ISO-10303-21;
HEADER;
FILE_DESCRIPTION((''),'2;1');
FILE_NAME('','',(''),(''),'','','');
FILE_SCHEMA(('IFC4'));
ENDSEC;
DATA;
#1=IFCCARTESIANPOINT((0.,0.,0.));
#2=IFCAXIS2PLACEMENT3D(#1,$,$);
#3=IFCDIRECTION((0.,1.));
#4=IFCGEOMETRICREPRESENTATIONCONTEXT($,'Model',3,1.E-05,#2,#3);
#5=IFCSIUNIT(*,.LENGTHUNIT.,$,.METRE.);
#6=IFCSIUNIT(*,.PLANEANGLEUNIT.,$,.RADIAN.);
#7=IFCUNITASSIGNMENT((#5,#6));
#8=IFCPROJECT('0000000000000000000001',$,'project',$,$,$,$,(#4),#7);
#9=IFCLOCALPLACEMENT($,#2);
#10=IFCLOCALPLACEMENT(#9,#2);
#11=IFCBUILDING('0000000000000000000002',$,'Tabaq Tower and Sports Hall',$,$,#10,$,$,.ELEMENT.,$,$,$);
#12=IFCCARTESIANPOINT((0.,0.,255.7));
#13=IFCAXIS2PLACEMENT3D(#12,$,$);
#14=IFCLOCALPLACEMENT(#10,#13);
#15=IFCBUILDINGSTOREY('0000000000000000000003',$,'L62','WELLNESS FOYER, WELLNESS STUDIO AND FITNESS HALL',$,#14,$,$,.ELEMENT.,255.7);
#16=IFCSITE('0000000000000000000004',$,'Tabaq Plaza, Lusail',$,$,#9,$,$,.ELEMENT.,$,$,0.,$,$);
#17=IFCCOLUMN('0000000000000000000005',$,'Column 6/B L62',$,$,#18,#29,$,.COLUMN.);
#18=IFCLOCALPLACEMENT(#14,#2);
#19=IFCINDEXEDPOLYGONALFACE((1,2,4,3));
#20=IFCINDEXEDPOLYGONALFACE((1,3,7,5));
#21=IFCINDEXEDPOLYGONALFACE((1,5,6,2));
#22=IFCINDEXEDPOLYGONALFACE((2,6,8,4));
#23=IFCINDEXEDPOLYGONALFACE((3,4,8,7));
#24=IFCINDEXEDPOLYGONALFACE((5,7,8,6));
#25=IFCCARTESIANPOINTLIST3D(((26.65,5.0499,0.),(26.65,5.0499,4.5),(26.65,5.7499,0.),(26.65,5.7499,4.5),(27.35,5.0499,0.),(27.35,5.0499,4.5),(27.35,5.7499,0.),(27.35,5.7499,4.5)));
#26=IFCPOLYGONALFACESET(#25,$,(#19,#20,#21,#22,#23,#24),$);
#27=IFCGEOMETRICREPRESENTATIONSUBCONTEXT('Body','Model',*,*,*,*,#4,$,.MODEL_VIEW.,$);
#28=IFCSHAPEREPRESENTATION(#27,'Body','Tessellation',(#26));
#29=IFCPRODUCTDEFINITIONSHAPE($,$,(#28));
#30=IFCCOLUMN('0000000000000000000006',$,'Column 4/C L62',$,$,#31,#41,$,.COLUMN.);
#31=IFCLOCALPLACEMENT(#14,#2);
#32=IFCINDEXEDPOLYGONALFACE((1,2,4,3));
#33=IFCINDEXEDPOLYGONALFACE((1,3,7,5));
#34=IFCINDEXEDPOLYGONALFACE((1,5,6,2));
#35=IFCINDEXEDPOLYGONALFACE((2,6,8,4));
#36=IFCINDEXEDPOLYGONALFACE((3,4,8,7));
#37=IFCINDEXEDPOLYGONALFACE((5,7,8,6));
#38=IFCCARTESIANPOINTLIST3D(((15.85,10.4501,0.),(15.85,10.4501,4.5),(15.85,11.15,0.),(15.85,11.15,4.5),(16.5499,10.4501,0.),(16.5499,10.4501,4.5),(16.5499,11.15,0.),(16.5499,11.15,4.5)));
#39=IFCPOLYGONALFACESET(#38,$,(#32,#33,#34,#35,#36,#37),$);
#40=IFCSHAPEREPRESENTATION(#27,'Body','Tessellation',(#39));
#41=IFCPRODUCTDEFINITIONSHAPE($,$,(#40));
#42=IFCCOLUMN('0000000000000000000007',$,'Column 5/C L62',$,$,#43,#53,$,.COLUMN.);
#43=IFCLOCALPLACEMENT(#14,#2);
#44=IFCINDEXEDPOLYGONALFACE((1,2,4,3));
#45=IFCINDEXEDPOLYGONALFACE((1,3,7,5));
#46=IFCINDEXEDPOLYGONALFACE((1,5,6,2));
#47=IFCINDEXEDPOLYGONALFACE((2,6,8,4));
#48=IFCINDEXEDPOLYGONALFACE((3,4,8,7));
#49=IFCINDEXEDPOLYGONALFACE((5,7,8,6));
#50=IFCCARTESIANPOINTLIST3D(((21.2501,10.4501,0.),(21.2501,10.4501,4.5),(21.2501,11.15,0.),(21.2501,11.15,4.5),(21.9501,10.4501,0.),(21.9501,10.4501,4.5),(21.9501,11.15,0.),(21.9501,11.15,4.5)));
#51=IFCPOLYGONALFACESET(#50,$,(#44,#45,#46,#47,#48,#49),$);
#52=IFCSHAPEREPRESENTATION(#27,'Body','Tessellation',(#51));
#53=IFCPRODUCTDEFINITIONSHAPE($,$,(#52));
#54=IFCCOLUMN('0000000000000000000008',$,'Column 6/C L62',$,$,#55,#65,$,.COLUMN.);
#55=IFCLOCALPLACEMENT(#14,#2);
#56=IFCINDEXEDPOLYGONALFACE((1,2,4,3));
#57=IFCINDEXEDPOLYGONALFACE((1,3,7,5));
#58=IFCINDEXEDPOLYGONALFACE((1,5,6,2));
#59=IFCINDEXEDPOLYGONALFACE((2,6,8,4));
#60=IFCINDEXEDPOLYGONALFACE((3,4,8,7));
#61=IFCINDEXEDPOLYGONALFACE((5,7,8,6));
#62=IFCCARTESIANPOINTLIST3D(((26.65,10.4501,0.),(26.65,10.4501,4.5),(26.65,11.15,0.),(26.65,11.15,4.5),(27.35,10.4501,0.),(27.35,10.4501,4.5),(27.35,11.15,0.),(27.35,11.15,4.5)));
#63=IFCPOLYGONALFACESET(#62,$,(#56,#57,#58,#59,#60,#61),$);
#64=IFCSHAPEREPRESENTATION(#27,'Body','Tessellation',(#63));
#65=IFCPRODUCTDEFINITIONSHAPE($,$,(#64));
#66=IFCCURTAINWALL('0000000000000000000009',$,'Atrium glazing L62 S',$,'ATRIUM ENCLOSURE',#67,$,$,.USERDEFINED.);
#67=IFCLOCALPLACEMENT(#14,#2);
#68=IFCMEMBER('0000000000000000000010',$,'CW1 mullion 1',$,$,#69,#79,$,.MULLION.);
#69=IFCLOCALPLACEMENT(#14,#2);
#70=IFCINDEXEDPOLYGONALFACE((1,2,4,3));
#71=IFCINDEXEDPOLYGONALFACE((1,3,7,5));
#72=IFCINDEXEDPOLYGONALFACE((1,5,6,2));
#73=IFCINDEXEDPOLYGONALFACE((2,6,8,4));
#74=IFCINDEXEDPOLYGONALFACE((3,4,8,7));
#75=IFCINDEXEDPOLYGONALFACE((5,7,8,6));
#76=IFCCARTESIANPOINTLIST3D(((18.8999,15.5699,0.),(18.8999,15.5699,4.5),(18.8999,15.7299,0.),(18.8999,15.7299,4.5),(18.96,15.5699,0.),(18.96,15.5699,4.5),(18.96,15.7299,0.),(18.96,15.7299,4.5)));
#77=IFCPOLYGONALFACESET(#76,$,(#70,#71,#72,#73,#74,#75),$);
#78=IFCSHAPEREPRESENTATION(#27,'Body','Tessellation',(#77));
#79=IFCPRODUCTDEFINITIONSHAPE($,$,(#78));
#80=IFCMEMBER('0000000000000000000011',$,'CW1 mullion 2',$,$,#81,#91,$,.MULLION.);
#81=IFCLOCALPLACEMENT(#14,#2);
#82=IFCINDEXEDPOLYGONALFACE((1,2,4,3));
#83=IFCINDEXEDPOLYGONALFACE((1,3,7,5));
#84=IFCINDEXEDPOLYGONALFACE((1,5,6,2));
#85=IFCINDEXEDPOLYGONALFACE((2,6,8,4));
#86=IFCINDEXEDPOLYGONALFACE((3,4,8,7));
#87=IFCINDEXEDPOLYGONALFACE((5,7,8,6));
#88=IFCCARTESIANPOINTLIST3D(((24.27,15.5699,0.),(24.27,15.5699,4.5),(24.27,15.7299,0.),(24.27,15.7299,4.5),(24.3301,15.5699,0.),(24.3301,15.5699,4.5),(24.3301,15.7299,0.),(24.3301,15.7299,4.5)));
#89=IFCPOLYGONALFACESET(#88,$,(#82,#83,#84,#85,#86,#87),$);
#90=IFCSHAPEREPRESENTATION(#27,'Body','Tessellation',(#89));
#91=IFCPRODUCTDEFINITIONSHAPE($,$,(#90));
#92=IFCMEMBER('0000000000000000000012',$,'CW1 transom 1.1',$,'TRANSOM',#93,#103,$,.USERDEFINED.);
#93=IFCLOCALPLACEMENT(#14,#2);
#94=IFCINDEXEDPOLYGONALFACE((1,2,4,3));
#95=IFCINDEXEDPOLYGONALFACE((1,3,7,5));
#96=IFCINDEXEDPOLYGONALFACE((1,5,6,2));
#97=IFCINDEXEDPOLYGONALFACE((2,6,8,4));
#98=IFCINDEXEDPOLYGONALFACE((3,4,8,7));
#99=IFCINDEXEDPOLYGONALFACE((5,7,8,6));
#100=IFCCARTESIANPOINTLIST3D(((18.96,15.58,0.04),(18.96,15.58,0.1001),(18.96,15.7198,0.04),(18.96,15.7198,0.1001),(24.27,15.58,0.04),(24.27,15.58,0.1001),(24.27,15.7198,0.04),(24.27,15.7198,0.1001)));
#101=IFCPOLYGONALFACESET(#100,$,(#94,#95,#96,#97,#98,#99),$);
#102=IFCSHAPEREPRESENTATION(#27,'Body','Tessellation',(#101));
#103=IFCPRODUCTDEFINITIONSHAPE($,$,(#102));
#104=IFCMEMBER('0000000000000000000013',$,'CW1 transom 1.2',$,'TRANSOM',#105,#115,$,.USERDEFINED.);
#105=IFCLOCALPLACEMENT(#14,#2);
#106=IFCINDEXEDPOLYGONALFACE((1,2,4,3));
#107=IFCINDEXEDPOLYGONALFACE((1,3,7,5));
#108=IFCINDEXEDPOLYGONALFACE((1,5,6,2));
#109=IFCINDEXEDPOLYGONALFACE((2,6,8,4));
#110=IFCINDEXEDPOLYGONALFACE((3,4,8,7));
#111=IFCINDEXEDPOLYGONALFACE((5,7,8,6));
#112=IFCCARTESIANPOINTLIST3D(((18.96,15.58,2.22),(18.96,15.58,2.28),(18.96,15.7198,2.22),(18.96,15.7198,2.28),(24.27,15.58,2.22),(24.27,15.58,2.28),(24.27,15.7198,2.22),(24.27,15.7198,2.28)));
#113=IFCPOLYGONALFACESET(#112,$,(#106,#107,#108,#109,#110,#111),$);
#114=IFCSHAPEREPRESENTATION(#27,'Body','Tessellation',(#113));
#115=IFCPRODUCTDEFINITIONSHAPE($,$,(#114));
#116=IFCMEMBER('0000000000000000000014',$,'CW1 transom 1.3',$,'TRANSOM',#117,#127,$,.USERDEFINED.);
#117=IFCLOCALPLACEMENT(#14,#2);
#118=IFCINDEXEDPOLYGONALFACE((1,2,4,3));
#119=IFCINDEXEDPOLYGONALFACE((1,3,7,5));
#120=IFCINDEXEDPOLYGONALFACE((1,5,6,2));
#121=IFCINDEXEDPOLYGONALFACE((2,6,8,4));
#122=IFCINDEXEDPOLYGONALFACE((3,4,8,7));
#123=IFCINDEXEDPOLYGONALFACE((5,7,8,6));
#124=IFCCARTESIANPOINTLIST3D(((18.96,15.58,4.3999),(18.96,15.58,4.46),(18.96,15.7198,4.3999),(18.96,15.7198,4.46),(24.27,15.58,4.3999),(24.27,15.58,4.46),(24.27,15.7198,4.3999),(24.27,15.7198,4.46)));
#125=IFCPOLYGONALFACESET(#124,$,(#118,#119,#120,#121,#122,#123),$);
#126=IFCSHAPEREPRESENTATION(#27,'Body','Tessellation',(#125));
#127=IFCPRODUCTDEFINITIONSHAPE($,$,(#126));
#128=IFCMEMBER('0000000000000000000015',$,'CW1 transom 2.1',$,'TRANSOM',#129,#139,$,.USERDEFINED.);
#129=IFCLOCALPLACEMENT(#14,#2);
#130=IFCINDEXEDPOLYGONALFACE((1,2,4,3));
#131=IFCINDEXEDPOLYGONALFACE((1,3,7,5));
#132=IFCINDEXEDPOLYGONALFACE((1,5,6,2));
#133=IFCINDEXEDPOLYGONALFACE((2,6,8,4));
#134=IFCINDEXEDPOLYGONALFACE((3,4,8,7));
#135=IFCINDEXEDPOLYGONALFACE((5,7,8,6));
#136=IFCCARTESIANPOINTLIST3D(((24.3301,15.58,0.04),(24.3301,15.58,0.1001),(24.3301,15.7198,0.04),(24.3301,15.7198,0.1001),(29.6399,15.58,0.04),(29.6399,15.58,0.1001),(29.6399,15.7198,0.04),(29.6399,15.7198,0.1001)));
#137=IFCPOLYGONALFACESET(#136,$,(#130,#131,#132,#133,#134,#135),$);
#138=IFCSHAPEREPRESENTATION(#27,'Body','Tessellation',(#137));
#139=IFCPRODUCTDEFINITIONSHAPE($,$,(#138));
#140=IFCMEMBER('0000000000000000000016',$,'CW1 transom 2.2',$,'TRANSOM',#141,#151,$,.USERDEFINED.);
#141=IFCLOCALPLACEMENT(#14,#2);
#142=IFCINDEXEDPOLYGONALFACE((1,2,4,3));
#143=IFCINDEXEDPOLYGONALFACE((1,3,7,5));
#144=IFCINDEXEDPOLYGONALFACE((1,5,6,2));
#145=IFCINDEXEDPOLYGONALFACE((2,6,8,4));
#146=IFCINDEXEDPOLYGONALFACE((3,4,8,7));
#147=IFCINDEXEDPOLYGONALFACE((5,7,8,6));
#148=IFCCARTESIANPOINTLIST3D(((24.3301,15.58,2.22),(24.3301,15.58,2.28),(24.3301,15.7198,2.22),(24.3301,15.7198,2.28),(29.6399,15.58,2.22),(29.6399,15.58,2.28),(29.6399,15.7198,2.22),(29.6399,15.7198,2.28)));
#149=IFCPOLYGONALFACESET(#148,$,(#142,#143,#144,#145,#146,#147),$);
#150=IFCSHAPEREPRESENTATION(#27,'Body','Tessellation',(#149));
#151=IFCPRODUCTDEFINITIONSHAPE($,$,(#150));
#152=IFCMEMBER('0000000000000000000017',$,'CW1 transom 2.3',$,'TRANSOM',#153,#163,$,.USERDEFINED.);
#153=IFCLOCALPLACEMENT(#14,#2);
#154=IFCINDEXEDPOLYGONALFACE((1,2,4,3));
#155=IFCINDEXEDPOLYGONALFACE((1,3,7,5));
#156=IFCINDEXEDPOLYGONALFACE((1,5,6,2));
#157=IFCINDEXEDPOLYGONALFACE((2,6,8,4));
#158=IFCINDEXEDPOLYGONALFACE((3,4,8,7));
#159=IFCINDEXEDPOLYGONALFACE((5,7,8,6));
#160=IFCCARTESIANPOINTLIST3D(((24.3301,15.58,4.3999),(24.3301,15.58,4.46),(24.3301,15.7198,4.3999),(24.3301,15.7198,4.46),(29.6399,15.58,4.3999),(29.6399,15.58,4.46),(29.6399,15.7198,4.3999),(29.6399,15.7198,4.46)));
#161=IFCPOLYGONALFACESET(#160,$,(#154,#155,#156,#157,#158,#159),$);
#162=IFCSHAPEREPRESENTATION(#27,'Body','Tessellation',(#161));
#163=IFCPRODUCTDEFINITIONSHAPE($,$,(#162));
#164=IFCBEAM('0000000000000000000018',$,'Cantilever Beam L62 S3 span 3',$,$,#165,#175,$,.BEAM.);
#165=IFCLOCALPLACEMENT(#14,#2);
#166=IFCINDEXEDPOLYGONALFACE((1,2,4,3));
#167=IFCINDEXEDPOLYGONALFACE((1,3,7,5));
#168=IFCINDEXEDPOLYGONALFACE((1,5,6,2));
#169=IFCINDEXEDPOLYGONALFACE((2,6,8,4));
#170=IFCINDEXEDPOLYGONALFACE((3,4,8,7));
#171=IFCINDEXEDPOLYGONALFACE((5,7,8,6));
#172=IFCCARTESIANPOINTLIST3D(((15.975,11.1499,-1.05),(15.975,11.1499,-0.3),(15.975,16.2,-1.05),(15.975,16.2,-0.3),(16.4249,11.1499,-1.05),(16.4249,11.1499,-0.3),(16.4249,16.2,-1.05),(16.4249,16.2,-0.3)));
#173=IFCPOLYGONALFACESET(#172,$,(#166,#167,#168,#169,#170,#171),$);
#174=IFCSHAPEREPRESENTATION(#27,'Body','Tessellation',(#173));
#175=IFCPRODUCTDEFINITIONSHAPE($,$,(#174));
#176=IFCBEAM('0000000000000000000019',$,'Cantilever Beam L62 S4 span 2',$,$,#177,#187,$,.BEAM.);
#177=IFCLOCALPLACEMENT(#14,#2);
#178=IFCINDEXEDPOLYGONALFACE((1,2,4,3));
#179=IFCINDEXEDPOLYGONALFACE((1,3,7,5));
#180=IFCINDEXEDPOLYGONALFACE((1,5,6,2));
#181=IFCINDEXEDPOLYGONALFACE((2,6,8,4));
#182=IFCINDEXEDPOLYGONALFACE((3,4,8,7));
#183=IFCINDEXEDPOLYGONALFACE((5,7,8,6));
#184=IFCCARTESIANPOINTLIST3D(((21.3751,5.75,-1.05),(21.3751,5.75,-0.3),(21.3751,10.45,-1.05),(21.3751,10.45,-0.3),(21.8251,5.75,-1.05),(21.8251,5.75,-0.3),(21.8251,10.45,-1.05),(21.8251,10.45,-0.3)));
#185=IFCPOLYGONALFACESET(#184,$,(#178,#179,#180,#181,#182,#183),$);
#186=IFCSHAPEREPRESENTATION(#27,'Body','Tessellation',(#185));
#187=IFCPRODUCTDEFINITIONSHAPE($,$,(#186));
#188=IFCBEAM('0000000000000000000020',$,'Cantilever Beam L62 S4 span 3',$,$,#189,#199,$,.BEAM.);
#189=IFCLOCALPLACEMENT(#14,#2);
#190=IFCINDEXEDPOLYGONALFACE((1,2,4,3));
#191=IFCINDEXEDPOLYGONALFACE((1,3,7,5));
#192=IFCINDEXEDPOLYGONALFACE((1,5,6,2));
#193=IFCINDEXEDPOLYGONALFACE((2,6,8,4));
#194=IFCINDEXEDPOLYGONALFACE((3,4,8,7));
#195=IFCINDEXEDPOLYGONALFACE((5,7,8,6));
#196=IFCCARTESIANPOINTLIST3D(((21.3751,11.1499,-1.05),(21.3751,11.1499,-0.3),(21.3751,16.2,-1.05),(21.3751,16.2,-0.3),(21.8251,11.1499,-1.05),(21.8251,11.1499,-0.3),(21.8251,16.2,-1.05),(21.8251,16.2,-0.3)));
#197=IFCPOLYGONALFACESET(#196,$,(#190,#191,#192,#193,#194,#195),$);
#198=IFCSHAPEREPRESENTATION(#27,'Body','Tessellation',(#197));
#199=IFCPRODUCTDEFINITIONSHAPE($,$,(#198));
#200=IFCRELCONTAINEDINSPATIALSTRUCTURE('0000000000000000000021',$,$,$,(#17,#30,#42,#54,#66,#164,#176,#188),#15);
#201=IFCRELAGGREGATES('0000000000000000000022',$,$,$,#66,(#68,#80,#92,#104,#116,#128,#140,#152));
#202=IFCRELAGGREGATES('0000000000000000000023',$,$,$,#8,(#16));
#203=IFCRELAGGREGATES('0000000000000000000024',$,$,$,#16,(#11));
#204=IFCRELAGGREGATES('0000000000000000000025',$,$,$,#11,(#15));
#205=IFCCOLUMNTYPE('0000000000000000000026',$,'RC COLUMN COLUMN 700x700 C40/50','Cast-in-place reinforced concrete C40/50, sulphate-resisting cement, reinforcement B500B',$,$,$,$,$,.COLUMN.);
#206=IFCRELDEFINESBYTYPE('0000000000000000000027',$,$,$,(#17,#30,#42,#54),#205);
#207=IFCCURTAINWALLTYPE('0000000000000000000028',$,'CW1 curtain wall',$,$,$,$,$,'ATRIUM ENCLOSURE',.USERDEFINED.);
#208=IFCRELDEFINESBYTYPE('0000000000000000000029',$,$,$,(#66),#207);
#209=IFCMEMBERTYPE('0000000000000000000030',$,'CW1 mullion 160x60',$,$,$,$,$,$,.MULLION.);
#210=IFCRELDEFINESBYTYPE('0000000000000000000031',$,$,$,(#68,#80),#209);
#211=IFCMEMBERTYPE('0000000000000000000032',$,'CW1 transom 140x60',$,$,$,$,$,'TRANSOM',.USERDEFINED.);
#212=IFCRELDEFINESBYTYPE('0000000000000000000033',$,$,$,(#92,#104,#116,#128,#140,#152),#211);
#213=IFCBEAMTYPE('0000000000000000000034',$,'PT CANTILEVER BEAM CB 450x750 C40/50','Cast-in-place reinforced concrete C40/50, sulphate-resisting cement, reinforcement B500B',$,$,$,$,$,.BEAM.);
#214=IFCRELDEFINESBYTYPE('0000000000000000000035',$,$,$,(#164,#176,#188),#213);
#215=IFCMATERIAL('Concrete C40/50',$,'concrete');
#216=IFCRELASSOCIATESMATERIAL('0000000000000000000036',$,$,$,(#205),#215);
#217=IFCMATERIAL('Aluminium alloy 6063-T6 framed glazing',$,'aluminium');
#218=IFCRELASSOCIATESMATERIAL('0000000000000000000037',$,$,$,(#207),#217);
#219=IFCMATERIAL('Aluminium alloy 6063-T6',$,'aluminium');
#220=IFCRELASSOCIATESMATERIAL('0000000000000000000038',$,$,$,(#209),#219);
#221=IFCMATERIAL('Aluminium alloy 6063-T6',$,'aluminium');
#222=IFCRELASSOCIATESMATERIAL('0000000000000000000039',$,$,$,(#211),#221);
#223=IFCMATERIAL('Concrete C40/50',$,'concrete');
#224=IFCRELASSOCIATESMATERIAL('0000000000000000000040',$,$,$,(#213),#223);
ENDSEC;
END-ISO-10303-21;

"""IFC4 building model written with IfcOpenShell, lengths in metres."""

from ifc_helpers import new_model, si_unit, direction, frame, origin, origin_2d, place, context, subcontext, project, spatial, rectangle, extrude, material, material_profile, profile_set, type_object, element, aggregate, save


model = new_model("IFC4")

# Units and contexts
model_context = context("Model", 3, precision=1e-05, world=origin(), true_north=direction((0.0, 1.0)))
body_context = subcontext(model_context, "Body", "Model", "MODEL_VIEW")
ifc_project = project(units=[si_unit("LENGTHUNIT", "METRE"), si_unit("PLANEANGLEUNIT", "RADIAN")], contexts=[model_context])

# Site, building, storey
site_placement = place(None, origin())
site = spatial("IfcSite", under=ifc_project, at=site_placement, Name="Tabaq Plaza, Lusail", CompositionType="ELEMENT", RefElevation=0.0)
building_placement = place(site_placement, origin())
building = spatial("IfcBuilding", under=site, at=building_placement, Name="Tabaq Tower and Sports Hall", CompositionType="ELEMENT")
storey_placement = place(building_placement, frame((0.0, 0.0, 255.7)))
storey = spatial("IfcBuildingStorey", under=building, at=storey_placement, Name="L62", Description="WELLNESS FOYER, WELLNESS STUDIO AND FITNESS HALL", CompositionType="ELEMENT", Elevation=255.7)

# Columns
ifc_material_1 = material(Name="Concrete C40/50", Category="concrete")
ifc_material_profile_1 = material_profile(ifc_material_1, rectangle(XDim=0.7, YDim=0.7, at=origin_2d()), Name="COLUMN 700x700")
ifc_profile_set_1 = profile_set([ifc_material_profile_1], Name="Concrete C40/50")
column_type = type_object("IfcColumnType", Name="RC COLUMN COLUMN 700x700 C40/50", Description="Cast-in-place reinforced concrete C40/50, sulphate-resisting cement, reinforcement B500B", PredefinedType="COLUMN", material=ifc_profile_set_1)
for number, where, z_axis, x_axis, name in (
    (1, (27.0, 5.3999, 0.0), (0.0, 0.0, 1.0), (1.0, 0.0, 0.0), "Column 6/B L62"),
    (2, (16.2, 10.8, 0.0), (0.0, 0.0, 1.0), (1.0, 0.0, 0.0), "Column 4/C L62"),
    (3, (21.6001, 10.8, 0.0), (0.0, 0.0, 1.0), (1.0, 0.0, 0.0), "Column 5/C L62"),
    (4, (27.0, 10.8, 0.0), (0.0, 0.0, 1.0), (1.0, 0.0, 0.0), "Column 6/C L62"),
):
    element("IfcColumn", number, at=place(storey_placement, frame(where, z_axis=z_axis, x_axis=x_axis)), inside=storey, type_object=column_type, Name=name, PredefinedType="COLUMN", context=body_context, shape_type="SweptSolid", body=[
        extrude(rectangle(XDim=0.7, YDim=0.7, at=origin_2d()), origin(), (0.0, 0.0, 1.0), 4.5),
    ])

# Curtain wall, members
ifc_material_2 = material(Name="Aluminium alloy 6063-T6 framed glazing", Category="aluminium")
curtain_wall_type = type_object("IfcCurtainWallType", Name="CW1 curtain wall", ElementType="ATRIUM ENCLOSURE", PredefinedType="USERDEFINED", material=ifc_material_2)
curtain_wall_placement = place(storey_placement, origin())
curtain_wall = element("IfcCurtainWall", 5, at=curtain_wall_placement, inside=storey, type_object=curtain_wall_type, Name="Atrium glazing L62 S", ObjectType="ATRIUM ENCLOSURE", PredefinedType="USERDEFINED")
ifc_material_3 = material(Name="Aluminium alloy 6063-T6", Category="aluminium")
ifc_material_profile_2 = material_profile(ifc_material_3, rectangle(XDim=0.1599, YDim=0.0601, at=origin_2d()), Name="MULLION 160x60")
ifc_profile_set_2 = profile_set([ifc_material_profile_2], Name="Aluminium alloy 6063-T6")
member_type_1 = type_object("IfcMemberType", Name="CW1 mullion 160x60", PredefinedType="MULLION", material=ifc_profile_set_2)
member_1_placement = place(storey_placement, frame((18.9299, 15.6499, 0.0), z_axis=(0.0, 0.0, 1.0), x_axis=(0.0, 1.0, 0.0)))
member_1 = element("IfcMember", 6, at=member_1_placement, type_object=member_type_1, Name="CW1 mullion 1", PredefinedType="MULLION", context=body_context, shape_type="SweptSolid", body=[
    extrude(rectangle(XDim=0.1599, YDim=0.0601, at=origin_2d()), origin(), (0.0, 0.0, 1.0), 4.5),
])
member_2_placement = place(storey_placement, frame((24.3, 15.6499, 0.0), z_axis=(0.0, 0.0, 1.0), x_axis=(0.0, 1.0, 0.0)))
member_2 = element("IfcMember", 7, at=member_2_placement, type_object=member_type_1, Name="CW1 mullion 2", PredefinedType="MULLION", context=body_context, shape_type="SweptSolid", body=[
    extrude(rectangle(XDim=0.1599, YDim=0.0601, at=origin_2d()), origin(), (0.0, 0.0, 1.0), 4.5),
])
ifc_material_4 = material(Name="Aluminium alloy 6063-T6", Category="aluminium")
ifc_material_profile_3 = material_profile(ifc_material_4, rectangle(XDim=0.1399, YDim=0.0601, at=origin_2d()), Name="TRANSOM 140x60")
ifc_profile_set_3 = profile_set([ifc_material_profile_3], Name="Aluminium alloy 6063-T6")
member_type_2 = type_object("IfcMemberType", Name="CW1 transom 140x60", ElementType="TRANSOM", PredefinedType="USERDEFINED", material=ifc_profile_set_3)
member_3_placement = place(storey_placement, frame((18.96, 15.6499, 0.0701), z_axis=(1.0, 0.0, 0.0), x_axis=(0.0, 1.0, 0.0)))
member_3 = element("IfcMember", 8, at=member_3_placement, type_object=member_type_2, Name="CW1 transom 1.1", ObjectType="TRANSOM", PredefinedType="USERDEFINED", context=body_context, shape_type="SweptSolid", body=[
    extrude(rectangle(XDim=0.1399, YDim=0.0601, at=origin_2d()), origin(), (0.0, 0.0, 1.0), 5.3101),
])
member_4_placement = place(storey_placement, frame((18.96, 15.6499, 2.25), z_axis=(1.0, 0.0, 0.0), x_axis=(0.0, 1.0, 0.0)))
member_4 = element("IfcMember", 9, at=member_4_placement, type_object=member_type_2, Name="CW1 transom 1.2", ObjectType="TRANSOM", PredefinedType="USERDEFINED", context=body_context, shape_type="SweptSolid", body=[
    extrude(rectangle(XDim=0.1399, YDim=0.0601, at=origin_2d()), origin(), (0.0, 0.0, 1.0), 5.3101),
])
member_5_placement = place(storey_placement, frame((18.96, 15.6499, 4.4299), z_axis=(1.0, 0.0, 0.0), x_axis=(0.0, 1.0, 0.0)))
member_5 = element("IfcMember", 10, at=member_5_placement, type_object=member_type_2, Name="CW1 transom 1.3", ObjectType="TRANSOM", PredefinedType="USERDEFINED", context=body_context, shape_type="SweptSolid", body=[
    extrude(rectangle(XDim=0.1399, YDim=0.0601, at=origin_2d()), origin(), (0.0, 0.0, 1.0), 5.3101),
])
member_6_placement = place(storey_placement, frame((24.3301, 15.6499, 0.0701), z_axis=(1.0, 0.0, 0.0), x_axis=(0.0, 1.0, 0.0)))
member_6 = element("IfcMember", 11, at=member_6_placement, type_object=member_type_2, Name="CW1 transom 2.1", ObjectType="TRANSOM", PredefinedType="USERDEFINED", context=body_context, shape_type="SweptSolid", body=[
    extrude(rectangle(XDim=0.1399, YDim=0.0601, at=origin_2d()), origin(), (0.0, 0.0, 1.0), 5.3098),
])
member_7_placement = place(storey_placement, frame((24.3301, 15.6499, 2.25), z_axis=(1.0, 0.0, 0.0), x_axis=(0.0, 1.0, 0.0)))
member_7 = element("IfcMember", 12, at=member_7_placement, type_object=member_type_2, Name="CW1 transom 2.2", ObjectType="TRANSOM", PredefinedType="USERDEFINED", context=body_context, shape_type="SweptSolid", body=[
    extrude(rectangle(XDim=0.1399, YDim=0.0601, at=origin_2d()), origin(), (0.0, 0.0, 1.0), 5.3098),
])
member_8_placement = place(storey_placement, frame((24.3301, 15.6499, 4.4299), z_axis=(1.0, 0.0, 0.0), x_axis=(0.0, 1.0, 0.0)))
member_8 = element("IfcMember", 13, at=member_8_placement, type_object=member_type_2, Name="CW1 transom 2.3", ObjectType="TRANSOM", PredefinedType="USERDEFINED", context=body_context, shape_type="SweptSolid", body=[
    extrude(rectangle(XDim=0.1399, YDim=0.0601, at=origin_2d()), origin(), (0.0, 0.0, 1.0), 5.3098),
])

# Beams
ifc_material_5 = material(Name="Concrete C40/50", Category="concrete")
ifc_material_profile_4 = material_profile(ifc_material_5, rectangle(XDim=0.45, YDim=0.75, at=origin_2d()), Name="CB 450x750")
ifc_profile_set_4 = profile_set([ifc_material_profile_4], Name="Concrete C40/50")
beam_type = type_object("IfcBeamType", Name="PT CANTILEVER BEAM CB 450x750 C40/50", Description="Cast-in-place reinforced concrete C40/50, sulphate-resisting cement, reinforcement B500B", PredefinedType="BEAM", material=ifc_profile_set_4)
beam_1_placement = place(storey_placement, frame((16.2, 11.1499, -0.675), z_axis=(0.0, 1.0, 0.0), x_axis=(-1.0, 0.0, 0.0)))
element("IfcBeam", 14, at=beam_1_placement, inside=storey, type_object=beam_type, Name="Cantilever Beam L62 S3 span 3", PredefinedType="BEAM", context=body_context, shape_type="SweptSolid", body=[
    extrude(rectangle(XDim=0.45, YDim=0.75, at=origin_2d()), origin(), (0.0, 0.0, 1.0), 5.05),
])
beam_2_placement = place(storey_placement, frame((21.6001, 5.75, -0.675), z_axis=(0.0, 1.0, 0.0), x_axis=(-1.0, 0.0, 0.0)))
element("IfcBeam", 15, at=beam_2_placement, inside=storey, type_object=beam_type, Name="Cantilever Beam L62 S4 span 2", PredefinedType="BEAM", context=body_context, shape_type="SweptSolid", body=[
    extrude(rectangle(XDim=0.45, YDim=0.75, at=origin_2d()), origin(), (0.0, 0.0, 1.0), 4.7),
])
beam_3_placement = place(storey_placement, frame((21.6001, 11.1499, -0.675), z_axis=(0.0, 1.0, 0.0), x_axis=(-1.0, 0.0, 0.0)))
element("IfcBeam", 16, at=beam_3_placement, inside=storey, type_object=beam_type, Name="Cantilever Beam L62 S4 span 3", PredefinedType="BEAM", context=body_context, shape_type="SweptSolid", body=[
    extrude(rectangle(XDim=0.45, YDim=0.75, at=origin_2d()), origin(), (0.0, 0.0, 1.0), 5.05),
])

aggregate(curtain_wall, [member_1, member_2, member_3, member_4, member_5, member_6, member_7, member_8])

save(model, "model.ifc")
